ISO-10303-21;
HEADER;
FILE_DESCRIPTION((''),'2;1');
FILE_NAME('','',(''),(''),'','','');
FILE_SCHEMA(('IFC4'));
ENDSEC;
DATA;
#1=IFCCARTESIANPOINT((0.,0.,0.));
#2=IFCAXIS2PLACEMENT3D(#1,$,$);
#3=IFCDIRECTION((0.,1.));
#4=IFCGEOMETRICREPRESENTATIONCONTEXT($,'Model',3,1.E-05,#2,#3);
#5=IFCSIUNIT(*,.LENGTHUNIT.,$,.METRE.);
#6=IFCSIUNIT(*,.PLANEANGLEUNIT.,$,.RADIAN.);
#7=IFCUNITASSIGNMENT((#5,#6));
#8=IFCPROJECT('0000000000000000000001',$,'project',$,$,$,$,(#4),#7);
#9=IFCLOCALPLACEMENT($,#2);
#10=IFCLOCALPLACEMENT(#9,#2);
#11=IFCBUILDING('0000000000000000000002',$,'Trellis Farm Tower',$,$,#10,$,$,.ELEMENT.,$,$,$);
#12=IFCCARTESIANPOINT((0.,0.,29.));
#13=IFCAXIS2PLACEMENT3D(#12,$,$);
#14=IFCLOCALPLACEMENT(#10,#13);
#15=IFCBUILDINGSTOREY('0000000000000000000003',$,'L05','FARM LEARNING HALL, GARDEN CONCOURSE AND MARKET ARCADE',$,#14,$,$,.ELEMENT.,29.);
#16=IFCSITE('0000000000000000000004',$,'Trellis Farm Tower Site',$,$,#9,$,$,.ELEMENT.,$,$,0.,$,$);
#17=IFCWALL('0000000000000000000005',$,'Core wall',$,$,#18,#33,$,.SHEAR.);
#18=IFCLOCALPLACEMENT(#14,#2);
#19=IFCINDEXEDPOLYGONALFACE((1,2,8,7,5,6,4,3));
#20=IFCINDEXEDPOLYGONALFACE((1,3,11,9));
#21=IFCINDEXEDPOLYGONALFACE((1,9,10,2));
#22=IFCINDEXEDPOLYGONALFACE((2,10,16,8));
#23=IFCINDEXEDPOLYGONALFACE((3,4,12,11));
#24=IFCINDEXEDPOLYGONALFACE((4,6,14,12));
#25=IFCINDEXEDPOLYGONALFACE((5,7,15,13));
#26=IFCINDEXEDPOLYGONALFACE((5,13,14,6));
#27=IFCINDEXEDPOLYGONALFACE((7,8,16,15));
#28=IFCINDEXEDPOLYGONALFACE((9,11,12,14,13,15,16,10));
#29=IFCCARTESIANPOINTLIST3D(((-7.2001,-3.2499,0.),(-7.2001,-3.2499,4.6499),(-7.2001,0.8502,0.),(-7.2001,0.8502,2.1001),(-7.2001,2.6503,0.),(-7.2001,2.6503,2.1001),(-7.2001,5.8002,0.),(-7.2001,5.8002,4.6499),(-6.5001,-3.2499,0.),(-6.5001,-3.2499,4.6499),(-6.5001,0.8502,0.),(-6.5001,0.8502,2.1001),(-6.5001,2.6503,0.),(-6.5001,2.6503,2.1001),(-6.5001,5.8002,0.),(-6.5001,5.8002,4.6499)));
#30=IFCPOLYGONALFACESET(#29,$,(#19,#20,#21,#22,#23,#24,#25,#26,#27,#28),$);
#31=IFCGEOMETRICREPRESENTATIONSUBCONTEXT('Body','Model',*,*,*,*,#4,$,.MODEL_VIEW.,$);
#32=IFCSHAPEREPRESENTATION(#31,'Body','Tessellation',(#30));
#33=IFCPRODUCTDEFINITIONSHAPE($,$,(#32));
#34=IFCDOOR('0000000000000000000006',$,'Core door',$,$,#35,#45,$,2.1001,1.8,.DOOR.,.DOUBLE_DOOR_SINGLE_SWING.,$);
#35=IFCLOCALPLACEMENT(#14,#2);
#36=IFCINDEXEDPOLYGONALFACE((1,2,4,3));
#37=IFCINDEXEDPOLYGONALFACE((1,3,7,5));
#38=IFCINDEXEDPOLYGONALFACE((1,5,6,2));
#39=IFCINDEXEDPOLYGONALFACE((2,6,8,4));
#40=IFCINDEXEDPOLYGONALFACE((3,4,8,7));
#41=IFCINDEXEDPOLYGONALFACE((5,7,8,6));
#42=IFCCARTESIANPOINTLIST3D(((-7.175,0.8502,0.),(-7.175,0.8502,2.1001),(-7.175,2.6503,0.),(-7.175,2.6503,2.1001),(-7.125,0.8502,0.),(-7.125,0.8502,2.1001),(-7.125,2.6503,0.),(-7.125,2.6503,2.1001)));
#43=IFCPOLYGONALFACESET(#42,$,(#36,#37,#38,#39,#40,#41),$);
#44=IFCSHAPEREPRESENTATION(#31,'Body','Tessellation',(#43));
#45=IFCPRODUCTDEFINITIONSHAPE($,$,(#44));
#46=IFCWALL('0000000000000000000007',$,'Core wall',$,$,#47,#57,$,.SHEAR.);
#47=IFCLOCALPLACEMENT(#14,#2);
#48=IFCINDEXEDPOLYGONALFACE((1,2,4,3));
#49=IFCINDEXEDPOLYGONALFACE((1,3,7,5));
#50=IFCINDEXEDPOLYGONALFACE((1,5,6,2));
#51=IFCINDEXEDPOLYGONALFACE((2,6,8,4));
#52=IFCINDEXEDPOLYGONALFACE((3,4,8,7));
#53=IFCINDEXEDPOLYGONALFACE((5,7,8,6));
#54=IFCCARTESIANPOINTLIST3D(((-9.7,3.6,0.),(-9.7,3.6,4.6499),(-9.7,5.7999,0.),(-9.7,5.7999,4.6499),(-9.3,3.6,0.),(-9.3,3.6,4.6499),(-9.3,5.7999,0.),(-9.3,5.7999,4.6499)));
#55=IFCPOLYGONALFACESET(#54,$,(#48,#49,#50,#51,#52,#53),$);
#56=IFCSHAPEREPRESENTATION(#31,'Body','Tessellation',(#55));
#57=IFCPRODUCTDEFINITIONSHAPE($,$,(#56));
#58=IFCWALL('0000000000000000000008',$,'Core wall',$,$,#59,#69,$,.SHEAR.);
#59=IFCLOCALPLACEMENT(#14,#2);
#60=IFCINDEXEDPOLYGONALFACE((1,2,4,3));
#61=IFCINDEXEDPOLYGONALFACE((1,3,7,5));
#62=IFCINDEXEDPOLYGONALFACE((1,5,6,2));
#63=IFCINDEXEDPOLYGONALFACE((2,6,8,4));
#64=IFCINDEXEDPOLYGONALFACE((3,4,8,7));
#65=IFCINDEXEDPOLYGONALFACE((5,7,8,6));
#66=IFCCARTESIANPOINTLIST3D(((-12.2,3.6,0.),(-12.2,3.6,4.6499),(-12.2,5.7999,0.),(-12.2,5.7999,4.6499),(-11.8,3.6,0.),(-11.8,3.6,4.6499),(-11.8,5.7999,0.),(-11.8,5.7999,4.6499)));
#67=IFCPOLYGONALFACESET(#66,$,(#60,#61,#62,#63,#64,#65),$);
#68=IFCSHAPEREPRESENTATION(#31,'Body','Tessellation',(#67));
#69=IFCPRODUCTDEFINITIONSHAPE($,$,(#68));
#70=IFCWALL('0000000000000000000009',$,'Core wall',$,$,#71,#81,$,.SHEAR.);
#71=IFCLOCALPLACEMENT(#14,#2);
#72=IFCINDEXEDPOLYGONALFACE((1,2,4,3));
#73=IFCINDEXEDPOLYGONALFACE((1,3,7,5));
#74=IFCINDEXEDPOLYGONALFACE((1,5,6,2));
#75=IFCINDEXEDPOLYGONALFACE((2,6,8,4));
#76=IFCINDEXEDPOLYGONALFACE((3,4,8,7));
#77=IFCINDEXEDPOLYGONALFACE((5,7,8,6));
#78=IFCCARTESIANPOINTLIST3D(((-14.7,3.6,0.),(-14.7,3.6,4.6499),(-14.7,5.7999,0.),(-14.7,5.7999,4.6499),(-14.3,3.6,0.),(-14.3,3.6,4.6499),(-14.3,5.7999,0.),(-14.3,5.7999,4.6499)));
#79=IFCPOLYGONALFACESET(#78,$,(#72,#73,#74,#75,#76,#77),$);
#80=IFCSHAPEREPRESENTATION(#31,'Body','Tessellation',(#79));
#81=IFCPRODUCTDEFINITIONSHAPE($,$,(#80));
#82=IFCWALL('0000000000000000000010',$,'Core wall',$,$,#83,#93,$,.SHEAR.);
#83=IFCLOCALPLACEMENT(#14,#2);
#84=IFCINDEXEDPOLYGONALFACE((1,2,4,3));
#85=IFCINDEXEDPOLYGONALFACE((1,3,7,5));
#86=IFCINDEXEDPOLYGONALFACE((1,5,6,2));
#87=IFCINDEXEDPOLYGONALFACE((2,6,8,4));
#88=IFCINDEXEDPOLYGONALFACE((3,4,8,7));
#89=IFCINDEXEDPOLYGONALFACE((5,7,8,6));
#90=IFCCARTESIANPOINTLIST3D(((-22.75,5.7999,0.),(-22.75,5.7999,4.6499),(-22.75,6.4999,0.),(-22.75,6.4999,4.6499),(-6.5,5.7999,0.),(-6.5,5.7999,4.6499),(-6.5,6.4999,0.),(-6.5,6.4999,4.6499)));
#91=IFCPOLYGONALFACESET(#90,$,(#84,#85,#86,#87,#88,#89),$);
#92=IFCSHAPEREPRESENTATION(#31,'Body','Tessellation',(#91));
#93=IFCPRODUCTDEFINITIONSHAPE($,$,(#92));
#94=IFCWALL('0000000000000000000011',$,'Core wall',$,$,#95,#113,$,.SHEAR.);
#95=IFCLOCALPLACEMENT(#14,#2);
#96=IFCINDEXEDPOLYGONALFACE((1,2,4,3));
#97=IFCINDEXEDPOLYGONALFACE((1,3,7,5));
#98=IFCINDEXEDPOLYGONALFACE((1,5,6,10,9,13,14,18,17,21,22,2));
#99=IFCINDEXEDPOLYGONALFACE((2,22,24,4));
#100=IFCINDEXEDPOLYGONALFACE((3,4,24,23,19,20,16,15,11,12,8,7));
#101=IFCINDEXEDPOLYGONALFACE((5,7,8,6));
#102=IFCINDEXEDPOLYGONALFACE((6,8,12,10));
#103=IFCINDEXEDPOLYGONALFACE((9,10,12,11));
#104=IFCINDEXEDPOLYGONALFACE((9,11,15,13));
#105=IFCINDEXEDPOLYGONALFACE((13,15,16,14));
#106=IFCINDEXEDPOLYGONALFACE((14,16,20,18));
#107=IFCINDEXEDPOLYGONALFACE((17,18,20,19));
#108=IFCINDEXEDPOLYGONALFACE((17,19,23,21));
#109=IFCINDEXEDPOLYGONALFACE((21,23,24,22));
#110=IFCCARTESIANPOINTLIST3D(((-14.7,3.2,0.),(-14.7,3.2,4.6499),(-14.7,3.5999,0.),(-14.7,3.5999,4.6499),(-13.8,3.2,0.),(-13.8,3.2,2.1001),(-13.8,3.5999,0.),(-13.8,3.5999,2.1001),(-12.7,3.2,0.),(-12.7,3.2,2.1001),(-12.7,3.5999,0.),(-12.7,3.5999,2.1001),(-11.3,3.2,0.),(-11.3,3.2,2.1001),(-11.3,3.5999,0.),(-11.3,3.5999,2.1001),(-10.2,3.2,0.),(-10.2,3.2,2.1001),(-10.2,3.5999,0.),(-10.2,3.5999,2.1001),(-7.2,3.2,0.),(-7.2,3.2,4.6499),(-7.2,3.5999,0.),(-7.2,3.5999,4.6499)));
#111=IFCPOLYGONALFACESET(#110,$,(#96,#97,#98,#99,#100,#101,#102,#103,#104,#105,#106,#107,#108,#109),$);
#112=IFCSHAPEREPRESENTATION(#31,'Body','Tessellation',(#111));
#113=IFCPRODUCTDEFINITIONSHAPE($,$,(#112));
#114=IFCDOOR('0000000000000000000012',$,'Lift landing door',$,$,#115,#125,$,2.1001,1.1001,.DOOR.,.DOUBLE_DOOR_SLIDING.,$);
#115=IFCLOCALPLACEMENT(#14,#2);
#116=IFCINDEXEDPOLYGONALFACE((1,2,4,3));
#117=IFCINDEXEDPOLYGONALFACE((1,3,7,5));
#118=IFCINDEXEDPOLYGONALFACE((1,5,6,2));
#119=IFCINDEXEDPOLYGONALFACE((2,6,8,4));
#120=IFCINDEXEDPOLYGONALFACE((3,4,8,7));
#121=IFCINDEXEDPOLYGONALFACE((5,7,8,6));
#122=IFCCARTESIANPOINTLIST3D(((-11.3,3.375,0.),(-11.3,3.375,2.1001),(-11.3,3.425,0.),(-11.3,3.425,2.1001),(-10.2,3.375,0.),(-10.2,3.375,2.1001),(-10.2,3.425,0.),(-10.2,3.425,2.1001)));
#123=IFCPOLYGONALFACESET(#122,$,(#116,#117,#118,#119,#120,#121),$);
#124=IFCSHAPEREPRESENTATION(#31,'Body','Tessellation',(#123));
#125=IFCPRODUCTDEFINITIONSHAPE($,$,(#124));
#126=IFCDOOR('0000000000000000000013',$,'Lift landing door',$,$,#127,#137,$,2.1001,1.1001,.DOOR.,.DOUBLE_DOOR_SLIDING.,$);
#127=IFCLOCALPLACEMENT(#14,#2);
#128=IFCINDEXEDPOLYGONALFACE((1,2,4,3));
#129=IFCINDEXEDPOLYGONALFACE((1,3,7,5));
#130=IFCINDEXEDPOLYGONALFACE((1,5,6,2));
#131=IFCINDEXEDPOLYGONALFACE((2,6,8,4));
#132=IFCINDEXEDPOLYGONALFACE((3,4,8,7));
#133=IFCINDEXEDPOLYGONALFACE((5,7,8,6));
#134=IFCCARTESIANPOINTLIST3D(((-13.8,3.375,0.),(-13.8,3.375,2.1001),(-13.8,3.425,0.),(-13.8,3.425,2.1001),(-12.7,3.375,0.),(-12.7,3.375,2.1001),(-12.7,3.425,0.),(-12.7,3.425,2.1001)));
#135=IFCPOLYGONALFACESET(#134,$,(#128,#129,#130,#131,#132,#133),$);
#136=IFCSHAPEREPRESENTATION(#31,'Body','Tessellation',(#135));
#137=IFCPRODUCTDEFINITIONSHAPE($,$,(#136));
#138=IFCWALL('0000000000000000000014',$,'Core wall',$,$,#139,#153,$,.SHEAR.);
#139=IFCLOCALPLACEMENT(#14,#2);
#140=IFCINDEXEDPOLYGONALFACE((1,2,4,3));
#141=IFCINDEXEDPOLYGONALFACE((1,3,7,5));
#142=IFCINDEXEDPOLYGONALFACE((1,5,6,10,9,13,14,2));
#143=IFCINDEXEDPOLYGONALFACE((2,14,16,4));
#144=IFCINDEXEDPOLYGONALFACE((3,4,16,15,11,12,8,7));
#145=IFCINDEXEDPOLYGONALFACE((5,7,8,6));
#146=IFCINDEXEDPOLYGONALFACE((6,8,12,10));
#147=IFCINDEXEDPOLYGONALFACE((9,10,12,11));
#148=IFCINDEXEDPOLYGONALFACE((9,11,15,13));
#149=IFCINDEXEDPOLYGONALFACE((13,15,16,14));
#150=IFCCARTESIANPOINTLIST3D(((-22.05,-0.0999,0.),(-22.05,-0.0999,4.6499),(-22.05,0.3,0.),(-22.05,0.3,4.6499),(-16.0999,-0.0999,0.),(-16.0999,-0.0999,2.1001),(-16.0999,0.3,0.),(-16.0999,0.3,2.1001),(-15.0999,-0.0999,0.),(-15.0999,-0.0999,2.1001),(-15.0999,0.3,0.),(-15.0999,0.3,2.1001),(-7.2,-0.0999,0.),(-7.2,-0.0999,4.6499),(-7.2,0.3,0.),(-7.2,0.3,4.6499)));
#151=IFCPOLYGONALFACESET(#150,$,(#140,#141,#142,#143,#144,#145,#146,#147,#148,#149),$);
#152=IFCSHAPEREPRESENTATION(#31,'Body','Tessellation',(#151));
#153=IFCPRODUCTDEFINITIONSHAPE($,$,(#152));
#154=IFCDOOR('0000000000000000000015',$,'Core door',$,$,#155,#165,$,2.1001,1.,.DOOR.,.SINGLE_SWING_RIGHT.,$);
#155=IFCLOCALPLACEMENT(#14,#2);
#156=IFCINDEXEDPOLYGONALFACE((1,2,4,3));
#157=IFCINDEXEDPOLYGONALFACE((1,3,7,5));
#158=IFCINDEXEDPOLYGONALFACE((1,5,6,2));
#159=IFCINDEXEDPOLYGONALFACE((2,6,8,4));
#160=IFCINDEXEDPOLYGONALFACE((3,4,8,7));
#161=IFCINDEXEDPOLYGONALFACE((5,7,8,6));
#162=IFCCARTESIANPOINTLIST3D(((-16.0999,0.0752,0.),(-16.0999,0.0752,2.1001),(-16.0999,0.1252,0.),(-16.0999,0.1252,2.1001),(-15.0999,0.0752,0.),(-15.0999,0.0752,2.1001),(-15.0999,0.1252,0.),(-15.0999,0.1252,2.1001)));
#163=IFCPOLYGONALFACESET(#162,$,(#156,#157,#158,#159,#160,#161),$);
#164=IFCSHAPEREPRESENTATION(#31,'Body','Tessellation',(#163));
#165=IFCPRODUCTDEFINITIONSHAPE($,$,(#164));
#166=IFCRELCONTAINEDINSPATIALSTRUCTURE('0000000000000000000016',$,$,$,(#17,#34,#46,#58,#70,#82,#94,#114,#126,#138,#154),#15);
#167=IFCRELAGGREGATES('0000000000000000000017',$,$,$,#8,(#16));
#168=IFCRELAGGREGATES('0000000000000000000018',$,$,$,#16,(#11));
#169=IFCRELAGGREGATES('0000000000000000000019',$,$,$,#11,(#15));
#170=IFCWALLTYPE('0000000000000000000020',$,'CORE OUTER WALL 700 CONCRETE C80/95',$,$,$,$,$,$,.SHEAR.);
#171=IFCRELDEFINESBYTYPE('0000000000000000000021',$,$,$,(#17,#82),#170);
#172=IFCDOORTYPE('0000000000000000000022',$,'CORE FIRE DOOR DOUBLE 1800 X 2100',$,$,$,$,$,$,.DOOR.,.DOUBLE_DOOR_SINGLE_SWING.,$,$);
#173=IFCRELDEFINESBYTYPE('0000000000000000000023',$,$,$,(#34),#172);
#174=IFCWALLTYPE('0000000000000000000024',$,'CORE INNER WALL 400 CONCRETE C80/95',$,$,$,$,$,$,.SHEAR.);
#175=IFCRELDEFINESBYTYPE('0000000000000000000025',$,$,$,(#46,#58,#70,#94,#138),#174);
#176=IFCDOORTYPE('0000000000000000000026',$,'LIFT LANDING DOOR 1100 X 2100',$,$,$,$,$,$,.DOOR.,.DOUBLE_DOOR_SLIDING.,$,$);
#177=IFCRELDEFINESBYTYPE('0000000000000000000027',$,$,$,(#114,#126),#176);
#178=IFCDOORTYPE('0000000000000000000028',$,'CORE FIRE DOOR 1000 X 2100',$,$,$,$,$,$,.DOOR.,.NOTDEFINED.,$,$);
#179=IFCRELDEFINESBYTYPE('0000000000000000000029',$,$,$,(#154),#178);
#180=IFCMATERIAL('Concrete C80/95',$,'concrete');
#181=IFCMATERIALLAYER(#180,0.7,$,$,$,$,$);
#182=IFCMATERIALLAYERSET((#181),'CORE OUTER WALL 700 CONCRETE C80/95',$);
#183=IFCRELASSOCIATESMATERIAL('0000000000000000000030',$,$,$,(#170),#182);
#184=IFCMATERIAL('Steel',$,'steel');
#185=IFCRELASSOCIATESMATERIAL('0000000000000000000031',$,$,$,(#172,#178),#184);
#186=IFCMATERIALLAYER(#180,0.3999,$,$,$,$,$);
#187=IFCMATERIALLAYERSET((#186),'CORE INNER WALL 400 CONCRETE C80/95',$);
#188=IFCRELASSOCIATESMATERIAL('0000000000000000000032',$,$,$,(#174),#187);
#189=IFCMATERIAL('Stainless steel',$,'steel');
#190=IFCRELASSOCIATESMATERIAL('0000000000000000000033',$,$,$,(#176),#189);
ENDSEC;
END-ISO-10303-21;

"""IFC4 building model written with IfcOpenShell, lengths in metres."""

from ifc_helpers import new_model, si_unit, direction, frame, frame_2d, origin, place, context, subcontext, project, spatial, rectangle, extrude, source, transform, mapped, material, layer, layer_set, type_object, element, fill, save


model = new_model("IFC4")

# Units and contexts
model_context = context("Model", 3, precision=1e-05, world=origin(), true_north=direction((0.0, 1.0)))
body_context = subcontext(model_context, "Body", "Model", "MODEL_VIEW")
ifc_project = project(units=[si_unit("LENGTHUNIT", "METRE"), si_unit("PLANEANGLEUNIT", "RADIAN")], contexts=[model_context])

# Site, building, storey
site_placement = place(None, origin())
site = spatial("IfcSite", under=ifc_project, at=site_placement, Name="Trellis Farm Tower Site", CompositionType="ELEMENT", RefElevation=0.0)
building_placement = place(site_placement, origin())
building = spatial("IfcBuilding", under=site, at=building_placement, Name="Trellis Farm Tower", CompositionType="ELEMENT")
storey_placement = place(building_placement, frame((0.0, 0.0, 29.0)))
storey = spatial("IfcBuildingStorey", under=building, at=storey_placement, Name="L05", Description="FARM LEARNING HALL, GARDEN CONCOURSE AND MARKET ARCADE", CompositionType="ELEMENT", Elevation=29.0)

# Wall, opening, door
ifc_material_1 = material(Name="Concrete C80/95", Category="concrete")
ifc_layer_1 = layer(ifc_material_1, 0.7)
ifc_layer_set_1 = layer_set([ifc_layer_1], Name="CORE OUTER WALL 700 CONCRETE C80/95")
wall_type_1 = type_object("IfcWallType", Name="CORE OUTER WALL 700 CONCRETE C80/95", PredefinedType="SHEAR", material=ifc_layer_set_1)
shared_shape_1 = source(origin(), body_context, "Body", "SweptSolid", [
    extrude(rectangle(XDim=9.05, YDim=0.7, at=frame_2d((4.5249, 0.0))), origin(), (0.0, 0.0, 1.0), 4.6499),
])
wall_1_placement = place(storey_placement, frame((-6.8501, 5.8, 0.0), z_axis=(0.0, 0.0, 1.0), x_axis=(0.0, -1.0, 0.0)))
wall_1 = element("IfcWall", 1, at=wall_1_placement, inside=storey, type_object=wall_type_1, Name="Core wall", PredefinedType="SHEAR", context=body_context, shape_type="MappedRepresentation", body=[
    mapped(shared_shape_1, transform((0.0, 0.0, 0.0))),
])
shared_shape_2 = source(origin(), body_context, "Body", "SweptSolid", [
    extrude(rectangle(XDim=1.8, YDim=2.1001, at=frame_2d((0.8999, 1.05))), frame((0.0, 0.3601, 0.0), z_axis=(0.0, -1.0, 0.0), x_axis=(1.0, 0.0, 0.0)), (0.0, 0.0, 1.0), 0.7202),
])
opening_1_placement = place(wall_1_placement, frame((3.1499, 0.0, 0.0)))
opening_1 = element("IfcOpeningElement", 2, at=opening_1_placement, cuts=wall_1, PredefinedType="OPENING", context=body_context, shape_type="MappedRepresentation", body=[
    mapped(shared_shape_2, transform((0.0, 0.0, 0.0))),
])
ifc_material_2 = material(Name="Steel", Category="steel")
door_type_1 = type_object("IfcDoorType", Name="CORE FIRE DOOR DOUBLE 1800 X 2100", OperationType="DOUBLE_DOOR_SINGLE_SWING", PredefinedType="DOOR", material=ifc_material_2)
shared_shape_3 = source(origin(), body_context, "Body", "SweptSolid", [
    extrude(rectangle(XDim=1.8, YDim=2.1001, at=frame_2d((0.8999, 1.05))), frame((0.0, -0.2749, 0.0), z_axis=(0.0, -1.0, 0.0), x_axis=(1.0, 0.0, 0.0)), (0.0, 0.0, 1.0), 0.05),
])
door_1_placement = place(opening_1_placement, origin())
door_1 = element("IfcDoor", 3, at=door_1_placement, inside=storey, type_object=door_type_1, Name="Core door", OperationType="DOUBLE_DOOR_SINGLE_SWING", OverallHeight=2.1001, OverallWidth=1.8, PredefinedType="DOOR", context=body_context, shape_type="MappedRepresentation", body=[
    mapped(shared_shape_3, transform((0.0, 0.0, 0.0))),
])
fill(opening_1, door_1)

# Walls
ifc_layer_2 = layer(ifc_material_1, 0.3999)
ifc_layer_set_2 = layer_set([ifc_layer_2], Name="CORE INNER WALL 400 CONCRETE C80/95")
wall_type_2 = type_object("IfcWallType", Name="CORE INNER WALL 400 CONCRETE C80/95", PredefinedType="SHEAR", material=ifc_layer_set_2)
shared_shape_4 = source(origin(), body_context, "Body", "SweptSolid", [
    extrude(rectangle(XDim=2.2, YDim=0.3999, at=frame_2d((1.1001, 0.0))), origin(), (0.0, 0.0, 1.0), 4.6499),
])
for number, where, z_axis, x_axis, name in (
    (4, (-9.5, 5.8, 0.0), (0.0, 0.0, 1.0), (0.0, -1.0, 0.0), "Core wall"),
    (5, (-12.0, 5.8, 0.0), (0.0, 0.0, 1.0), (0.0, -1.0, 0.0), "Core wall"),
    (6, (-14.5, 5.8, 0.0), (0.0, 0.0, 1.0), (0.0, -1.0, 0.0), "Core wall"),
):
    element("IfcWall", number, at=place(storey_placement, frame(where, z_axis=z_axis, x_axis=x_axis)), inside=storey, type_object=wall_type_2, Name=name, PredefinedType="SHEAR", context=body_context, shape_type="MappedRepresentation", body=[
        mapped(shared_shape_4, transform((0.0, 0.0, 0.0))),
    ])
shared_shape_5 = source(origin(), body_context, "Body", "SweptSolid", [
    extrude(rectangle(XDim=16.25, YDim=0.7, at=frame_2d((8.125, 0.0))), origin(), (0.0, 0.0, 1.0), 4.6499),
])
wall_2_placement = place(storey_placement, frame((-6.5, 6.1499, 0.0), z_axis=(0.0, 0.0, 1.0), x_axis=(-1.0, 0.0, 0.0)))
element("IfcWall", 7, at=wall_2_placement, inside=storey, type_object=wall_type_1, Name="Core wall", PredefinedType="SHEAR", context=body_context, shape_type="MappedRepresentation", body=[
    mapped(shared_shape_5, transform((0.0, 0.0, 0.0))),
])

# Wall, openings, doors
shared_shape_6 = source(origin(), body_context, "Body", "SweptSolid", [
    extrude(rectangle(XDim=7.5, YDim=0.3999, at=frame_2d((3.75, 0.0))), origin(), (0.0, 0.0, 1.0), 4.6499),
])
wall_3_placement = place(storey_placement, frame((-7.2, 3.3999, 0.0), z_axis=(0.0, 0.0, 1.0), x_axis=(-1.0, 0.0, 0.0)))
wall_3 = element("IfcWall", 8, at=wall_3_placement, inside=storey, type_object=wall_type_2, Name="Core wall", PredefinedType="SHEAR", context=body_context, shape_type="MappedRepresentation", body=[
    mapped(shared_shape_6, transform((0.0, 0.0, 0.0))),
])
shared_shape_7 = source(origin(), body_context, "Body", "SweptSolid", [
    extrude(rectangle(XDim=1.1001, YDim=2.1001, at=frame_2d((0.55, 1.05))), frame((0.0, 0.21, 0.0), z_axis=(0.0, -1.0, 0.0), x_axis=(1.0, 0.0, 0.0)), (0.0, 0.0, 1.0), 0.4199),
])
opening_2_placement = place(wall_3_placement, frame((3.0, 0.0, 0.0)))
opening_2 = element("IfcOpeningElement", 9, at=opening_2_placement, cuts=wall_3, PredefinedType="OPENING", context=body_context, shape_type="MappedRepresentation", body=[
    mapped(shared_shape_7, transform((0.0, 0.0, 0.0))),
])
opening_3_placement = place(wall_3_placement, frame((5.5, 0.0, 0.0)))
opening_3 = element("IfcOpeningElement", 10, at=opening_3_placement, cuts=wall_3, PredefinedType="OPENING", context=body_context, shape_type="MappedRepresentation", body=[
    mapped(shared_shape_7, transform((0.0, 0.0, 0.0))),
])
ifc_material_3 = material(Name="Stainless steel", Category="steel")
door_type_2 = type_object("IfcDoorType", Name="LIFT LANDING DOOR 1100 X 2100", OperationType="DOUBLE_DOOR_SLIDING", PredefinedType="DOOR", material=ifc_material_3)
shared_shape_8 = source(origin(), body_context, "Body", "SweptSolid", [
    extrude(rectangle(XDim=1.1001, YDim=2.1001, at=frame_2d((0.55, 1.05))), frame((0.0, 0.0249, 0.0), z_axis=(0.0, -1.0, 0.0), x_axis=(1.0, 0.0, 0.0)), (0.0, 0.0, 1.0), 0.05),
])
door_2_placement = place(opening_2_placement, origin())
door_2 = element("IfcDoor", 11, at=door_2_placement, inside=storey, type_object=door_type_2, Name="Lift landing door", OperationType="DOUBLE_DOOR_SLIDING", OverallHeight=2.1001, OverallWidth=1.1001, PredefinedType="DOOR", context=body_context, shape_type="MappedRepresentation", body=[
    mapped(shared_shape_8, transform((0.0, 0.0, 0.0))),
])
fill(opening_2, door_2)
door_3_placement = place(opening_3_placement, origin())
door_3 = element("IfcDoor", 12, at=door_3_placement, inside=storey, type_object=door_type_2, Name="Lift landing door", OperationType="DOUBLE_DOOR_SLIDING", OverallHeight=2.1001, OverallWidth=1.1001, PredefinedType="DOOR", context=body_context, shape_type="MappedRepresentation", body=[
    mapped(shared_shape_8, transform((0.0, 0.0, 0.0))),
])
fill(opening_3, door_3)

# Wall, opening, door
shared_shape_9 = source(origin(), body_context, "Body", "SweptSolid", [
    extrude(rectangle(XDim=14.8501, YDim=0.3999, at=frame_2d((7.425, 0.0))), origin(), (0.0, 0.0, 1.0), 4.6499),
])
wall_4_placement = place(storey_placement, frame((-7.2, 0.1001, 0.0), z_axis=(0.0, 0.0, 1.0), x_axis=(-1.0, 0.0, 0.0)))
wall_4 = element("IfcWall", 13, at=wall_4_placement, inside=storey, type_object=wall_type_2, Name="Core wall", PredefinedType="SHEAR", context=body_context, shape_type="MappedRepresentation", body=[
    mapped(shared_shape_9, transform((0.0, 0.0, 0.0))),
])
shared_shape_10 = source(origin(), body_context, "Body", "SweptSolid", [
    extrude(rectangle(XDim=1.0, YDim=2.1001, at=frame_2d((0.5, 1.05))), frame((0.0, 0.21, 0.0), z_axis=(0.0, -1.0, 0.0), x_axis=(1.0, 0.0, 0.0)), (0.0, 0.0, 1.0), 0.4199),
])
opening_4_placement = place(wall_4_placement, frame((7.8999, 0.0, 0.0)))
opening_4 = element("IfcOpeningElement", 14, at=opening_4_placement, cuts=wall_4, PredefinedType="OPENING", context=body_context, shape_type="MappedRepresentation", body=[
    mapped(shared_shape_10, transform((0.0, 0.0, 0.0))),
])
door_type_3 = type_object("IfcDoorType", Name="CORE FIRE DOOR 1000 X 2100", OperationType="NOTDEFINED", PredefinedType="DOOR", material=ifc_material_2)
shared_shape_11 = source(origin(), body_context, "Body", "SweptSolid", [
    extrude(rectangle(XDim=1.0, YDim=2.1001, at=frame_2d((0.5, 1.05))), frame((0.0, 0.0249, 0.0), z_axis=(0.0, -1.0, 0.0), x_axis=(1.0, 0.0, 0.0)), (0.0, 0.0, 1.0), 0.05),
])
door_4_placement = place(opening_4_placement, origin())
door_4 = element("IfcDoor", 15, at=door_4_placement, inside=storey, type_object=door_type_3, Name="Core door", OperationType="SINGLE_SWING_RIGHT", OverallHeight=2.1001, OverallWidth=1.0, PredefinedType="DOOR", context=body_context, shape_type="MappedRepresentation", body=[
    mapped(shared_shape_11, transform((0.0, 0.0, 0.0))),
])
fill(opening_4, door_4)

save(model, "model.ifc")
